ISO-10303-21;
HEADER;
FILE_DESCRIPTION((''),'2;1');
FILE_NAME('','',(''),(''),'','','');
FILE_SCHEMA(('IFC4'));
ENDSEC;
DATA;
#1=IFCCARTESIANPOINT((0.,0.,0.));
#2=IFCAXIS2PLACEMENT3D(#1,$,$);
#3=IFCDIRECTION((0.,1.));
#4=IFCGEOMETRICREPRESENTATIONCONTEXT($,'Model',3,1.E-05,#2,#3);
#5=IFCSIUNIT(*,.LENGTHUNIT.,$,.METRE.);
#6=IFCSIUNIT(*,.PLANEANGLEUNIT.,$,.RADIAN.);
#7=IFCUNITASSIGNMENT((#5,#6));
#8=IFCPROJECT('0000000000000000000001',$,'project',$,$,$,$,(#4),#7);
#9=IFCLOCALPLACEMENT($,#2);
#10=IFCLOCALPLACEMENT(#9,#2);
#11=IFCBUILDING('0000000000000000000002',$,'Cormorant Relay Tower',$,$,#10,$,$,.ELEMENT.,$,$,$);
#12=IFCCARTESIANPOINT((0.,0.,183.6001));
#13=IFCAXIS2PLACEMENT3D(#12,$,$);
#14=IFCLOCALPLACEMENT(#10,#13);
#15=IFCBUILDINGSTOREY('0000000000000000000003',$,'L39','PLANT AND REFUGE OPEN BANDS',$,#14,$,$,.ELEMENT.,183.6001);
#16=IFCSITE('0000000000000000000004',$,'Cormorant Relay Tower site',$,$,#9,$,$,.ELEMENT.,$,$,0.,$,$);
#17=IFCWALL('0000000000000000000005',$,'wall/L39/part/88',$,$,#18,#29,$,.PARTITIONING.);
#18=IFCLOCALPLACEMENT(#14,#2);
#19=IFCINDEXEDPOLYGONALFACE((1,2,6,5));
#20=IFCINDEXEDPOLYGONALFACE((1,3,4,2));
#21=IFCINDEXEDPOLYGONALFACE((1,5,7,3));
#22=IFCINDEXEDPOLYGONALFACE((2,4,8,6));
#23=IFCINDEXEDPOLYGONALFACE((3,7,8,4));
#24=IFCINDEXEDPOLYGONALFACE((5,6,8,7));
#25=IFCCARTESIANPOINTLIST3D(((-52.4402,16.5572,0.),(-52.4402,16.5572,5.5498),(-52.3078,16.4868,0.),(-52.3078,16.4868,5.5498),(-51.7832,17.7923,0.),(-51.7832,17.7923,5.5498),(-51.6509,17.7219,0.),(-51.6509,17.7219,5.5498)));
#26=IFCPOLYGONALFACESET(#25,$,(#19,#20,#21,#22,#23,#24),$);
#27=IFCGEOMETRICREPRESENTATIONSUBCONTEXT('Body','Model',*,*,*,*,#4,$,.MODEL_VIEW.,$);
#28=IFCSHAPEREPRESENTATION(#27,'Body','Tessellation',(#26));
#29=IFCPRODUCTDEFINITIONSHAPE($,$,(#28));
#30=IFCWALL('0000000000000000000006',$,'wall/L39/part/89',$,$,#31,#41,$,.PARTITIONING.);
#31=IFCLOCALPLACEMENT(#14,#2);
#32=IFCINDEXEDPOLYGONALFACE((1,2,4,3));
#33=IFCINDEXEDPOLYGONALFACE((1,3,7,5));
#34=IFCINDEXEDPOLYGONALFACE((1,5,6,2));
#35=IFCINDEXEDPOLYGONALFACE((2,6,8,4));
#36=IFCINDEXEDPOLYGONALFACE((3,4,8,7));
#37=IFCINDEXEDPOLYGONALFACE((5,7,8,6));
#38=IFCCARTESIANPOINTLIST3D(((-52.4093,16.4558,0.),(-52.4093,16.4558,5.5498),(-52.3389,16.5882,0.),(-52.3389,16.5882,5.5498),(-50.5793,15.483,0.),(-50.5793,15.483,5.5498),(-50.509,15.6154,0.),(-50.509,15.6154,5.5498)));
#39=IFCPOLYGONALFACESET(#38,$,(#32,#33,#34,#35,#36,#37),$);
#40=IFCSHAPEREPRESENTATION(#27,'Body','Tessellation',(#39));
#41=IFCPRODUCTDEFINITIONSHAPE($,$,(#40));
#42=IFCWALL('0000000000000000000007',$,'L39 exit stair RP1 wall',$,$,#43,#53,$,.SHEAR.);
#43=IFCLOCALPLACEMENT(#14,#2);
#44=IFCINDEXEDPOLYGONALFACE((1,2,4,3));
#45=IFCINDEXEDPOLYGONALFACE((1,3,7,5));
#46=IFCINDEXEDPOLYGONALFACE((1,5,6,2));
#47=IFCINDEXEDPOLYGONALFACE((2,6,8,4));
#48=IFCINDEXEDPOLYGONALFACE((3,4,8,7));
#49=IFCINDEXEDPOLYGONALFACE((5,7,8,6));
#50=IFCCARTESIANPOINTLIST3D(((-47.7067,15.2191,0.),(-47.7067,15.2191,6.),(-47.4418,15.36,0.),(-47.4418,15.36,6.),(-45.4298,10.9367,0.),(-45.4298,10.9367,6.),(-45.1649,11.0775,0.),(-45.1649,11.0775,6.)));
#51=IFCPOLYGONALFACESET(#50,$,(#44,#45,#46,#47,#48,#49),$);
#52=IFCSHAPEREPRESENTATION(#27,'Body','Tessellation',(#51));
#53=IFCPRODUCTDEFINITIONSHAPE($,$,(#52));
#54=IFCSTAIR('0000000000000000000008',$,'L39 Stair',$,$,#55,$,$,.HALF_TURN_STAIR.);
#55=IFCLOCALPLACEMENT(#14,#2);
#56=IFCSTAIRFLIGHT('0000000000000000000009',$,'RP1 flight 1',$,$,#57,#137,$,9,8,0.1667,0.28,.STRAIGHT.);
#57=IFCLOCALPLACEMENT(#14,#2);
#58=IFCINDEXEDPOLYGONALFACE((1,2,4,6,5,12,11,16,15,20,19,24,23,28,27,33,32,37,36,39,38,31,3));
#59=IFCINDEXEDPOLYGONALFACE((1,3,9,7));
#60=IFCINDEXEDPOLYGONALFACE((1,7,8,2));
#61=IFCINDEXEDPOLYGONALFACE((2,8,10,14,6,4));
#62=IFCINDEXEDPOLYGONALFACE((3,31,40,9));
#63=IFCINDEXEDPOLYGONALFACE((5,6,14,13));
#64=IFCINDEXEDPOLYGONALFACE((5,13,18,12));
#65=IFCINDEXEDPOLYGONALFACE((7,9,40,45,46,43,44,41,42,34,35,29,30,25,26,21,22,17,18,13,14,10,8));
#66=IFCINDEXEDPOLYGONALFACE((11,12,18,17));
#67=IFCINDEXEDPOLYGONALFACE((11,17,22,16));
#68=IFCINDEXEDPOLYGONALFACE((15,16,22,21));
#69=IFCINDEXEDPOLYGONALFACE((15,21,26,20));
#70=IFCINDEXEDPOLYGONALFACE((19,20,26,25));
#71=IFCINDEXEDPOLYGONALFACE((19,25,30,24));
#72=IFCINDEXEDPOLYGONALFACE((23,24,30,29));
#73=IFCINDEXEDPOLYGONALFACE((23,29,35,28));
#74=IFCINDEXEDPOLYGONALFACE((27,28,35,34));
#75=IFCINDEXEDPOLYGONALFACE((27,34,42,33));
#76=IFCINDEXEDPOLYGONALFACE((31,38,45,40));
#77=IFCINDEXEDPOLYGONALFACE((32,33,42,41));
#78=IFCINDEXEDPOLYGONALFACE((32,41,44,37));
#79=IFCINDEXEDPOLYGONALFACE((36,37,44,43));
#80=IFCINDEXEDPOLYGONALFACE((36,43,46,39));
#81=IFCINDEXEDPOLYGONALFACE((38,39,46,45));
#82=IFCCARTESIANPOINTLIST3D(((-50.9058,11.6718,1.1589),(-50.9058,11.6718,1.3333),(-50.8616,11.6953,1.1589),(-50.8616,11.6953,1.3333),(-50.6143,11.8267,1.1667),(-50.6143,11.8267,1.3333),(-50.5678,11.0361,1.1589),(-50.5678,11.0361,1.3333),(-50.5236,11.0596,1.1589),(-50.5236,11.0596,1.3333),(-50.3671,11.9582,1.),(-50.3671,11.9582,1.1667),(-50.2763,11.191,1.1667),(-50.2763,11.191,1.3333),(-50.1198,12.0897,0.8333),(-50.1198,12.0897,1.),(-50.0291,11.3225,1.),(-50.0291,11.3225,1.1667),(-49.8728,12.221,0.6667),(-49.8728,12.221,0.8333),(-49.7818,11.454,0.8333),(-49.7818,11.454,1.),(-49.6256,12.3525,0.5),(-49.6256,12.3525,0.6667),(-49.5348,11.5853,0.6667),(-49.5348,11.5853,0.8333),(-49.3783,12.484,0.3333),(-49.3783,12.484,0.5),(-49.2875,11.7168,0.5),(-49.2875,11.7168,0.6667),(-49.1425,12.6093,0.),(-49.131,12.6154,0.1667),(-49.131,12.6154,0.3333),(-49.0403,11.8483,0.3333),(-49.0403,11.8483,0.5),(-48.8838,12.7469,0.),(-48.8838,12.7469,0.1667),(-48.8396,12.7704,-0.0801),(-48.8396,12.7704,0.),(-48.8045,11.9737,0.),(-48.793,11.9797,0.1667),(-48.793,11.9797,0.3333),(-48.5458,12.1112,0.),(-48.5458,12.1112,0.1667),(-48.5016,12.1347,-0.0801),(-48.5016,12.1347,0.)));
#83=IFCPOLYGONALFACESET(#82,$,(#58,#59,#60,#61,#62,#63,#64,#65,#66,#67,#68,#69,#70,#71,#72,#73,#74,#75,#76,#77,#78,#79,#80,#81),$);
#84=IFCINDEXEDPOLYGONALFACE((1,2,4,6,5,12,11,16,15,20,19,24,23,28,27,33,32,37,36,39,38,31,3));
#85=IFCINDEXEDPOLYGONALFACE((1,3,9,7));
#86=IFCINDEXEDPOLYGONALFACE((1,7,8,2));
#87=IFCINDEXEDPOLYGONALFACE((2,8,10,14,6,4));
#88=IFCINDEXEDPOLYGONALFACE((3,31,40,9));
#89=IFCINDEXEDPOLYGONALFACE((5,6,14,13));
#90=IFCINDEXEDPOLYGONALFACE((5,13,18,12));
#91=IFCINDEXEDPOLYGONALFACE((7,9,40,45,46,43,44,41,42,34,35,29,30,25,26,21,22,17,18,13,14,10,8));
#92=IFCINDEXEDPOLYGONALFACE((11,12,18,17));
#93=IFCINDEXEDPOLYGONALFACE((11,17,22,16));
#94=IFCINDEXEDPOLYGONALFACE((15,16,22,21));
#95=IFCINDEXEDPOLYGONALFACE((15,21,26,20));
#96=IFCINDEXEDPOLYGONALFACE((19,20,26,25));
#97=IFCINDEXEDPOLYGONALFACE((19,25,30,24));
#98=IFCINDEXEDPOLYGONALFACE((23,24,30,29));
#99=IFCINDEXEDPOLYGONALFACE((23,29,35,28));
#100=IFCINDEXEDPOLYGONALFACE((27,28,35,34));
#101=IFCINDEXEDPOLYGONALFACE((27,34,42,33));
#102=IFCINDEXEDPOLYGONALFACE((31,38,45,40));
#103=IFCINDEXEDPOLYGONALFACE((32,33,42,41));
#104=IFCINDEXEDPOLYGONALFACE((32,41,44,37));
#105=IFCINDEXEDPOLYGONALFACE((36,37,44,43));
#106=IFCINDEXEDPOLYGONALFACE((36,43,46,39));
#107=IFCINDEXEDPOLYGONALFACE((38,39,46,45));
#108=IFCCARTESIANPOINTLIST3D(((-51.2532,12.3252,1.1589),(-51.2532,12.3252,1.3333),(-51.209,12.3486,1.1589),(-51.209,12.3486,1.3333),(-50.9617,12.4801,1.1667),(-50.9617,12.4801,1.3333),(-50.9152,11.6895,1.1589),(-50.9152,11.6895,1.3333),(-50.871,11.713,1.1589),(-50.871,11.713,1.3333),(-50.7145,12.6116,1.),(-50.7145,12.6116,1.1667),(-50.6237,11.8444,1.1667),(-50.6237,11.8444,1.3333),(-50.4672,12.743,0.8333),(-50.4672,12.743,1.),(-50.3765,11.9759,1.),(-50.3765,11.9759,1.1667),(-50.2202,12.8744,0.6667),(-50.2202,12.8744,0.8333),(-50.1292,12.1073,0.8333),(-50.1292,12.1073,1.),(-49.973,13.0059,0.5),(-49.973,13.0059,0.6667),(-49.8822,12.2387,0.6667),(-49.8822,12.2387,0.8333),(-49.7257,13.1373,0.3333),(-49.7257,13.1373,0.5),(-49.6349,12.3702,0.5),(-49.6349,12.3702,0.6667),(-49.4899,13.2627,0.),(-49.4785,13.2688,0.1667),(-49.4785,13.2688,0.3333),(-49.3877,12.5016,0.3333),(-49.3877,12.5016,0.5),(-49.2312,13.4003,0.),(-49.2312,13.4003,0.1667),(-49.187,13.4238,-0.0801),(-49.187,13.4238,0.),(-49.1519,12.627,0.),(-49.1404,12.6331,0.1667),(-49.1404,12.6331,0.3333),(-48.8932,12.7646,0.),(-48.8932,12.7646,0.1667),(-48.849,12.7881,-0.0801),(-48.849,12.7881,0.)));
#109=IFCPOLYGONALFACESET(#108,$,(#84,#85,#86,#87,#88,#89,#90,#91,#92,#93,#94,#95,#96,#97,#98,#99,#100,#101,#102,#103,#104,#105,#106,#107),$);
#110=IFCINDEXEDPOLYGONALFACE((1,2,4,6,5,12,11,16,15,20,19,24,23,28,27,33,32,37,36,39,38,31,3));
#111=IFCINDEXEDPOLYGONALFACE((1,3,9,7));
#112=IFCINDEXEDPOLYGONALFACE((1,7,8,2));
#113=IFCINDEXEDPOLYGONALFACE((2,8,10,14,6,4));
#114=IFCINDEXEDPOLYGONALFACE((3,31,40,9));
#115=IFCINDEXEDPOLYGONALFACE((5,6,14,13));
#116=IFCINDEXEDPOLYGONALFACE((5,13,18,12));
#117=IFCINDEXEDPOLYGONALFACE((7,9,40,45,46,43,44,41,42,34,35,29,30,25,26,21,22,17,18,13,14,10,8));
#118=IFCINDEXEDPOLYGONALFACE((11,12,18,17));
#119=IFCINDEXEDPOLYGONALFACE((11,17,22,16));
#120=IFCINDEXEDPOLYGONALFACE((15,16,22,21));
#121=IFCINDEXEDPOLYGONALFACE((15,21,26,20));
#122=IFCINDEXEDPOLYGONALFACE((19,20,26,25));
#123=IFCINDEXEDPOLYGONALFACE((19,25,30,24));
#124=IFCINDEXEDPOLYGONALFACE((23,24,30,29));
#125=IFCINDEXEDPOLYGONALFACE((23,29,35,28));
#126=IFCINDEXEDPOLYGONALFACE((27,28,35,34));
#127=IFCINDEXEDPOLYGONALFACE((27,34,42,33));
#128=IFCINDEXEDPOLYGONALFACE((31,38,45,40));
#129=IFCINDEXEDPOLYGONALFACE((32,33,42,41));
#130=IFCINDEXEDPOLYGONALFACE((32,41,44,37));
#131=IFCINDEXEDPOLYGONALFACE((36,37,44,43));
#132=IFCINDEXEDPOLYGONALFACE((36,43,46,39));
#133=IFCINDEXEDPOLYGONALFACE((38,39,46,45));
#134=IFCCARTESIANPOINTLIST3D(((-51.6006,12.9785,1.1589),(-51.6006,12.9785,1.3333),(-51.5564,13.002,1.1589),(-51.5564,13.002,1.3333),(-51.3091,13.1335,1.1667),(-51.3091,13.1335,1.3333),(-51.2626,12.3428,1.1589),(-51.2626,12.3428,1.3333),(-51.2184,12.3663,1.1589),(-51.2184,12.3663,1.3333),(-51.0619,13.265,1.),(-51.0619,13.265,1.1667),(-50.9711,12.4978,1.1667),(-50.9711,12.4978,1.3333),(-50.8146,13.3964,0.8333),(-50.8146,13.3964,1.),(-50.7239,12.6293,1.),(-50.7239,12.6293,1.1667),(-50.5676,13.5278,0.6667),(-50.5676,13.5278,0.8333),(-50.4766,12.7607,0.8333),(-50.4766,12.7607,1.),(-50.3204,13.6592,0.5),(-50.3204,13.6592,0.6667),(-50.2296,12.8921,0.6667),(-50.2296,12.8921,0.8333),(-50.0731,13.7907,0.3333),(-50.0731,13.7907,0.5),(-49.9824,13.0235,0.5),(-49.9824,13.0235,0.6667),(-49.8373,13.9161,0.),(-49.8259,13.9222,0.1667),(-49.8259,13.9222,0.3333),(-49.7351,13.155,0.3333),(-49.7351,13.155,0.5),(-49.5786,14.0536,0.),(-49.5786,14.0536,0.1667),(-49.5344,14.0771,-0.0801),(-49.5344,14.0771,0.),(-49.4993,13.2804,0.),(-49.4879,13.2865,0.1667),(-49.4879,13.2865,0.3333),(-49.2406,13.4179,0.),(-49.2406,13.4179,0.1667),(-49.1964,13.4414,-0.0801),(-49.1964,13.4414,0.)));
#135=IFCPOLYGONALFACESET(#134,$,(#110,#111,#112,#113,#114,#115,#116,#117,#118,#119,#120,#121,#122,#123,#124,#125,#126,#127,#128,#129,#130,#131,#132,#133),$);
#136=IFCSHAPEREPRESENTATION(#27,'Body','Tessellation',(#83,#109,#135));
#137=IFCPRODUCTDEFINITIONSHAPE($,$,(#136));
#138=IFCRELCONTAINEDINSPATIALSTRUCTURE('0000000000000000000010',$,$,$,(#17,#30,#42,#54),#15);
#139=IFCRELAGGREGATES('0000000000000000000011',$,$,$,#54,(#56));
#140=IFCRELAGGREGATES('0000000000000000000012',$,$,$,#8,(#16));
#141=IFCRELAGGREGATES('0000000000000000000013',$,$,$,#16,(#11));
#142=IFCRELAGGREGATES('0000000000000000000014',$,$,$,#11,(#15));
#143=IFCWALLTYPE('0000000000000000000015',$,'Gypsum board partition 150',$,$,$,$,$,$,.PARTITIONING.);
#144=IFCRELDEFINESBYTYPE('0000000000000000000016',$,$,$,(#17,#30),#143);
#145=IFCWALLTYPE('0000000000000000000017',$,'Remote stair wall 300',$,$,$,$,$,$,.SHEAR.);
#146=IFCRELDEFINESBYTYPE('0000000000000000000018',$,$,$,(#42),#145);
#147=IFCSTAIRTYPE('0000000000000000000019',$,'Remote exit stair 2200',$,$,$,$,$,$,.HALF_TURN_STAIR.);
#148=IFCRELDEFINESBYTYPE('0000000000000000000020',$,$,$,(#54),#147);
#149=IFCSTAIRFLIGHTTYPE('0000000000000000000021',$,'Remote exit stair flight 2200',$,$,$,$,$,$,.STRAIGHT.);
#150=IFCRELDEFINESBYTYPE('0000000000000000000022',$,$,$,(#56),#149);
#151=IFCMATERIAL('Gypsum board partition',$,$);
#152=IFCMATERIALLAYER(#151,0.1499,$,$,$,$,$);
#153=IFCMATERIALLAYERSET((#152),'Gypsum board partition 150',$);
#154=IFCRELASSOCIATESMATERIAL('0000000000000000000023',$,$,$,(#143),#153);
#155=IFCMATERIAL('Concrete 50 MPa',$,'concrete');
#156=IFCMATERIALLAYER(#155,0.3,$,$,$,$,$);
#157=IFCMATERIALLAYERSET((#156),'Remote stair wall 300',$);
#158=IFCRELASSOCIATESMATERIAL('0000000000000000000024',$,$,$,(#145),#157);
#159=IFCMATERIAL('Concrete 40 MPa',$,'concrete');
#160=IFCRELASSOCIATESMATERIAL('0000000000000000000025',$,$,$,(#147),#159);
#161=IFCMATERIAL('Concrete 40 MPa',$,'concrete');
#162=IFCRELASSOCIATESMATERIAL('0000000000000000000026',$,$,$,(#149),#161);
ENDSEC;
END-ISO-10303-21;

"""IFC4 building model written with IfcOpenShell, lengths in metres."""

from ifc_helpers import new_model, si_unit, direction, frame, frame_2d, origin, place, context, subcontext, project, spatial, polyline, rectangle, outline, extrude, material, layer, layer_set, type_object, element, aggregate, save


model = new_model("IFC4")

# Units and contexts
model_context = context("Model", 3, precision=1e-05, world=origin(), true_north=direction((0.0, 1.0)))
body_context = subcontext(model_context, "Body", "Model", "MODEL_VIEW")
ifc_project = project(units=[si_unit("LENGTHUNIT", "METRE"), si_unit("PLANEANGLEUNIT", "RADIAN")], contexts=[model_context])

# Site, building, storey
site_placement = place(None, origin())
site = spatial("IfcSite", under=ifc_project, at=site_placement, Name="Cormorant Relay Tower site", CompositionType="ELEMENT", RefElevation=0.0)
building_placement = place(site_placement, origin())
building = spatial("IfcBuilding", under=site, at=building_placement, Name="Cormorant Relay Tower", CompositionType="ELEMENT")
storey_placement = place(building_placement, frame((0.0, 0.0, 183.6001)))
storey = spatial("IfcBuildingStorey", under=building, at=storey_placement, Name="L39", Description="PLANT AND REFUGE OPEN BANDS", CompositionType="ELEMENT", Elevation=183.6001)

# Walls
ifc_material_1 = material(Name="Gypsum board partition")
ifc_layer_1 = layer(ifc_material_1, 0.1499)
ifc_layer_set_1 = layer_set([ifc_layer_1], Name="Gypsum board partition 150")
wall_type_1 = type_object("IfcWallType", Name="Gypsum board partition 150", PredefinedType="PARTITIONING", material=ifc_layer_set_1)
wall_1_placement = place(storey_placement, frame((-51.717, 17.7571, 0.0), z_axis=(0.0, 0.0, 1.0), x_axis=(-0.469619, -0.882869, 0.0)))
element("IfcWall", 1, at=wall_1_placement, inside=storey, type_object=wall_type_1, Name="wall/L39/part/88", PredefinedType="PARTITIONING", context=body_context, shape_type="SweptSolid", body=[
    extrude(rectangle(XDim=1.3989, YDim=0.1499, at=frame_2d((0.6995, 0.0))), origin(), (0.0, 0.0, 1.0), 5.5498),
])
wall_2_placement = place(storey_placement, frame((-52.374, 16.522, 0.0), z_axis=(0.0, 0.0, 1.0), x_axis=(0.882981, -0.469408, 0.0)))
element("IfcWall", 2, at=wall_2_placement, inside=storey, type_object=wall_type_1, Name="wall/L39/part/89", PredefinedType="PARTITIONING", context=body_context, shape_type="SweptSolid", body=[
    extrude(rectangle(XDim=2.0725, YDim=0.1499, at=frame_2d((1.0361, 0.0))), origin(), (0.0, 0.0, 1.0), 5.5498),
])
ifc_material_2 = material(Name="Concrete 50 MPa", Category="concrete")
ifc_layer_2 = layer(ifc_material_2, 0.3)
ifc_layer_set_2 = layer_set([ifc_layer_2], Name="Remote stair wall 300")
wall_type_2 = type_object("IfcWallType", Name="Remote stair wall 300", PredefinedType="SHEAR", material=ifc_layer_set_2)
wall_3_placement = place(storey_placement, frame((-47.5742, 15.2896, 0.0), z_axis=(0.0, 0.0, 1.0), x_axis=(0.469443, -0.882963, 0.0)))
element("IfcWall", 3, at=wall_3_placement, inside=storey, type_object=wall_type_2, Name="L39 exit stair RP1 wall", PredefinedType="SHEAR", context=body_context, shape_type="SweptSolid", body=[
    extrude(rectangle(XDim=4.8501, YDim=0.3, at=frame_2d((2.425, 0.0))), origin(), (0.0, 0.0, 1.0), 6.0),
])

# Stair, stair flight
ifc_material_3 = material(Name="Concrete 40 MPa", Category="concrete")
stair_type = type_object("IfcStairType", Name="Remote exit stair 2200", PredefinedType="HALF_TURN_STAIR", material=ifc_material_3)
stair_placement = place(storey_placement, origin())
stair = element("IfcStair", 4, at=stair_placement, inside=storey, type_object=stair_type, Name="L39 Stair", PredefinedType="HALF_TURN_STAIR")
ifc_material_4 = material(Name="Concrete 40 MPa", Category="concrete")
stair_flight_type = type_object("IfcStairFlightType", Name="Remote exit stair flight 2200", PredefinedType="STRAIGHT", material=ifc_material_4)
stair_flight_1_placement = place(storey_placement, frame((-49.0623, 13.0825, 0.0), z_axis=(0.0, 0.0, 1.0), x_axis=(-0.882948, -0.469472, 0.0)))
stair_flight_1 = element("IfcStairFlight", 5, at=stair_flight_1_placement, type_object=stair_flight_type, Name="RP1 flight 1", NumberOfRisers=9, NumberOfTreads=8, PredefinedType="STRAIGHT", RiserHeight=0.1667, TreadLength=0.28, context=body_context, shape_type="SweptSolid", body=[
    extrude(outline(polyline([(-0.05, -0.0801), (-0.05, 0.0), (0.0, 0.0), (0.0, 0.1667), (0.28, 0.1667), (0.28, 0.3333), (0.5601, 0.3333), (0.5601, 0.5), (0.8401, 0.5), (0.8401, 0.6667), (1.1201, 0.6667), (1.1201, 0.8333), (1.3999, 0.8333), (1.3999, 1.0), (1.6799, 1.0), (1.6799, 1.1667), (1.96, 1.1667), (1.96, 1.3333), (2.24, 1.3333), (2.29, 1.3333), (2.29, 1.1589), (2.24, 1.1589), (0.293, 0.0), (-0.05, -0.0801)])), frame((0.0, 1.1001, 0.0), z_axis=(0.0, -1.0, 0.0), x_axis=(1.0, 0.0, 0.0)), (0.0, 0.0, 1.0), 0.72),
    extrude(outline(polyline([(-0.05, -0.0801), (-0.05, 0.0), (0.0, 0.0), (0.0, 0.1667), (0.28, 0.1667), (0.28, 0.3333), (0.5601, 0.3333), (0.5601, 0.5), (0.8401, 0.5), (0.8401, 0.6667), (1.1201, 0.6667), (1.1201, 0.8333), (1.3999, 0.8333), (1.3999, 1.0), (1.6799, 1.0), (1.6799, 1.1667), (1.96, 1.1667), (1.96, 1.3333), (2.24, 1.3333), (2.29, 1.3333), (2.29, 1.1589), (2.24, 1.1589), (0.293, 0.0), (-0.05, -0.0801)])), frame((0.0, 0.3601, 0.0), z_axis=(0.0, -1.0, 0.0), x_axis=(1.0, 0.0, 0.0)), (0.0, 0.0, 1.0), 0.72),
    extrude(outline(polyline([(-0.05, -0.0801), (-0.05, 0.0), (0.0, 0.0), (0.0, 0.1667), (0.28, 0.1667), (0.28, 0.3333), (0.5601, 0.3333), (0.5601, 0.5), (0.8401, 0.5), (0.8401, 0.6667), (1.1201, 0.6667), (1.1201, 0.8333), (1.3999, 0.8333), (1.3999, 1.0), (1.6799, 1.0), (1.6799, 1.1667), (1.96, 1.1667), (1.96, 1.3333), (2.24, 1.3333), (2.29, 1.3333), (2.29, 1.1589), (2.24, 1.1589), (0.293, 0.0), (-0.05, -0.0801)])), frame((0.0, -0.3799, 0.0), z_axis=(0.0, -1.0, 0.0), x_axis=(1.0, 0.0, 0.0)), (0.0, 0.0, 1.0), 0.72),
])
aggregate(stair, [stair_flight_1])

save(model, "model.ifc")
